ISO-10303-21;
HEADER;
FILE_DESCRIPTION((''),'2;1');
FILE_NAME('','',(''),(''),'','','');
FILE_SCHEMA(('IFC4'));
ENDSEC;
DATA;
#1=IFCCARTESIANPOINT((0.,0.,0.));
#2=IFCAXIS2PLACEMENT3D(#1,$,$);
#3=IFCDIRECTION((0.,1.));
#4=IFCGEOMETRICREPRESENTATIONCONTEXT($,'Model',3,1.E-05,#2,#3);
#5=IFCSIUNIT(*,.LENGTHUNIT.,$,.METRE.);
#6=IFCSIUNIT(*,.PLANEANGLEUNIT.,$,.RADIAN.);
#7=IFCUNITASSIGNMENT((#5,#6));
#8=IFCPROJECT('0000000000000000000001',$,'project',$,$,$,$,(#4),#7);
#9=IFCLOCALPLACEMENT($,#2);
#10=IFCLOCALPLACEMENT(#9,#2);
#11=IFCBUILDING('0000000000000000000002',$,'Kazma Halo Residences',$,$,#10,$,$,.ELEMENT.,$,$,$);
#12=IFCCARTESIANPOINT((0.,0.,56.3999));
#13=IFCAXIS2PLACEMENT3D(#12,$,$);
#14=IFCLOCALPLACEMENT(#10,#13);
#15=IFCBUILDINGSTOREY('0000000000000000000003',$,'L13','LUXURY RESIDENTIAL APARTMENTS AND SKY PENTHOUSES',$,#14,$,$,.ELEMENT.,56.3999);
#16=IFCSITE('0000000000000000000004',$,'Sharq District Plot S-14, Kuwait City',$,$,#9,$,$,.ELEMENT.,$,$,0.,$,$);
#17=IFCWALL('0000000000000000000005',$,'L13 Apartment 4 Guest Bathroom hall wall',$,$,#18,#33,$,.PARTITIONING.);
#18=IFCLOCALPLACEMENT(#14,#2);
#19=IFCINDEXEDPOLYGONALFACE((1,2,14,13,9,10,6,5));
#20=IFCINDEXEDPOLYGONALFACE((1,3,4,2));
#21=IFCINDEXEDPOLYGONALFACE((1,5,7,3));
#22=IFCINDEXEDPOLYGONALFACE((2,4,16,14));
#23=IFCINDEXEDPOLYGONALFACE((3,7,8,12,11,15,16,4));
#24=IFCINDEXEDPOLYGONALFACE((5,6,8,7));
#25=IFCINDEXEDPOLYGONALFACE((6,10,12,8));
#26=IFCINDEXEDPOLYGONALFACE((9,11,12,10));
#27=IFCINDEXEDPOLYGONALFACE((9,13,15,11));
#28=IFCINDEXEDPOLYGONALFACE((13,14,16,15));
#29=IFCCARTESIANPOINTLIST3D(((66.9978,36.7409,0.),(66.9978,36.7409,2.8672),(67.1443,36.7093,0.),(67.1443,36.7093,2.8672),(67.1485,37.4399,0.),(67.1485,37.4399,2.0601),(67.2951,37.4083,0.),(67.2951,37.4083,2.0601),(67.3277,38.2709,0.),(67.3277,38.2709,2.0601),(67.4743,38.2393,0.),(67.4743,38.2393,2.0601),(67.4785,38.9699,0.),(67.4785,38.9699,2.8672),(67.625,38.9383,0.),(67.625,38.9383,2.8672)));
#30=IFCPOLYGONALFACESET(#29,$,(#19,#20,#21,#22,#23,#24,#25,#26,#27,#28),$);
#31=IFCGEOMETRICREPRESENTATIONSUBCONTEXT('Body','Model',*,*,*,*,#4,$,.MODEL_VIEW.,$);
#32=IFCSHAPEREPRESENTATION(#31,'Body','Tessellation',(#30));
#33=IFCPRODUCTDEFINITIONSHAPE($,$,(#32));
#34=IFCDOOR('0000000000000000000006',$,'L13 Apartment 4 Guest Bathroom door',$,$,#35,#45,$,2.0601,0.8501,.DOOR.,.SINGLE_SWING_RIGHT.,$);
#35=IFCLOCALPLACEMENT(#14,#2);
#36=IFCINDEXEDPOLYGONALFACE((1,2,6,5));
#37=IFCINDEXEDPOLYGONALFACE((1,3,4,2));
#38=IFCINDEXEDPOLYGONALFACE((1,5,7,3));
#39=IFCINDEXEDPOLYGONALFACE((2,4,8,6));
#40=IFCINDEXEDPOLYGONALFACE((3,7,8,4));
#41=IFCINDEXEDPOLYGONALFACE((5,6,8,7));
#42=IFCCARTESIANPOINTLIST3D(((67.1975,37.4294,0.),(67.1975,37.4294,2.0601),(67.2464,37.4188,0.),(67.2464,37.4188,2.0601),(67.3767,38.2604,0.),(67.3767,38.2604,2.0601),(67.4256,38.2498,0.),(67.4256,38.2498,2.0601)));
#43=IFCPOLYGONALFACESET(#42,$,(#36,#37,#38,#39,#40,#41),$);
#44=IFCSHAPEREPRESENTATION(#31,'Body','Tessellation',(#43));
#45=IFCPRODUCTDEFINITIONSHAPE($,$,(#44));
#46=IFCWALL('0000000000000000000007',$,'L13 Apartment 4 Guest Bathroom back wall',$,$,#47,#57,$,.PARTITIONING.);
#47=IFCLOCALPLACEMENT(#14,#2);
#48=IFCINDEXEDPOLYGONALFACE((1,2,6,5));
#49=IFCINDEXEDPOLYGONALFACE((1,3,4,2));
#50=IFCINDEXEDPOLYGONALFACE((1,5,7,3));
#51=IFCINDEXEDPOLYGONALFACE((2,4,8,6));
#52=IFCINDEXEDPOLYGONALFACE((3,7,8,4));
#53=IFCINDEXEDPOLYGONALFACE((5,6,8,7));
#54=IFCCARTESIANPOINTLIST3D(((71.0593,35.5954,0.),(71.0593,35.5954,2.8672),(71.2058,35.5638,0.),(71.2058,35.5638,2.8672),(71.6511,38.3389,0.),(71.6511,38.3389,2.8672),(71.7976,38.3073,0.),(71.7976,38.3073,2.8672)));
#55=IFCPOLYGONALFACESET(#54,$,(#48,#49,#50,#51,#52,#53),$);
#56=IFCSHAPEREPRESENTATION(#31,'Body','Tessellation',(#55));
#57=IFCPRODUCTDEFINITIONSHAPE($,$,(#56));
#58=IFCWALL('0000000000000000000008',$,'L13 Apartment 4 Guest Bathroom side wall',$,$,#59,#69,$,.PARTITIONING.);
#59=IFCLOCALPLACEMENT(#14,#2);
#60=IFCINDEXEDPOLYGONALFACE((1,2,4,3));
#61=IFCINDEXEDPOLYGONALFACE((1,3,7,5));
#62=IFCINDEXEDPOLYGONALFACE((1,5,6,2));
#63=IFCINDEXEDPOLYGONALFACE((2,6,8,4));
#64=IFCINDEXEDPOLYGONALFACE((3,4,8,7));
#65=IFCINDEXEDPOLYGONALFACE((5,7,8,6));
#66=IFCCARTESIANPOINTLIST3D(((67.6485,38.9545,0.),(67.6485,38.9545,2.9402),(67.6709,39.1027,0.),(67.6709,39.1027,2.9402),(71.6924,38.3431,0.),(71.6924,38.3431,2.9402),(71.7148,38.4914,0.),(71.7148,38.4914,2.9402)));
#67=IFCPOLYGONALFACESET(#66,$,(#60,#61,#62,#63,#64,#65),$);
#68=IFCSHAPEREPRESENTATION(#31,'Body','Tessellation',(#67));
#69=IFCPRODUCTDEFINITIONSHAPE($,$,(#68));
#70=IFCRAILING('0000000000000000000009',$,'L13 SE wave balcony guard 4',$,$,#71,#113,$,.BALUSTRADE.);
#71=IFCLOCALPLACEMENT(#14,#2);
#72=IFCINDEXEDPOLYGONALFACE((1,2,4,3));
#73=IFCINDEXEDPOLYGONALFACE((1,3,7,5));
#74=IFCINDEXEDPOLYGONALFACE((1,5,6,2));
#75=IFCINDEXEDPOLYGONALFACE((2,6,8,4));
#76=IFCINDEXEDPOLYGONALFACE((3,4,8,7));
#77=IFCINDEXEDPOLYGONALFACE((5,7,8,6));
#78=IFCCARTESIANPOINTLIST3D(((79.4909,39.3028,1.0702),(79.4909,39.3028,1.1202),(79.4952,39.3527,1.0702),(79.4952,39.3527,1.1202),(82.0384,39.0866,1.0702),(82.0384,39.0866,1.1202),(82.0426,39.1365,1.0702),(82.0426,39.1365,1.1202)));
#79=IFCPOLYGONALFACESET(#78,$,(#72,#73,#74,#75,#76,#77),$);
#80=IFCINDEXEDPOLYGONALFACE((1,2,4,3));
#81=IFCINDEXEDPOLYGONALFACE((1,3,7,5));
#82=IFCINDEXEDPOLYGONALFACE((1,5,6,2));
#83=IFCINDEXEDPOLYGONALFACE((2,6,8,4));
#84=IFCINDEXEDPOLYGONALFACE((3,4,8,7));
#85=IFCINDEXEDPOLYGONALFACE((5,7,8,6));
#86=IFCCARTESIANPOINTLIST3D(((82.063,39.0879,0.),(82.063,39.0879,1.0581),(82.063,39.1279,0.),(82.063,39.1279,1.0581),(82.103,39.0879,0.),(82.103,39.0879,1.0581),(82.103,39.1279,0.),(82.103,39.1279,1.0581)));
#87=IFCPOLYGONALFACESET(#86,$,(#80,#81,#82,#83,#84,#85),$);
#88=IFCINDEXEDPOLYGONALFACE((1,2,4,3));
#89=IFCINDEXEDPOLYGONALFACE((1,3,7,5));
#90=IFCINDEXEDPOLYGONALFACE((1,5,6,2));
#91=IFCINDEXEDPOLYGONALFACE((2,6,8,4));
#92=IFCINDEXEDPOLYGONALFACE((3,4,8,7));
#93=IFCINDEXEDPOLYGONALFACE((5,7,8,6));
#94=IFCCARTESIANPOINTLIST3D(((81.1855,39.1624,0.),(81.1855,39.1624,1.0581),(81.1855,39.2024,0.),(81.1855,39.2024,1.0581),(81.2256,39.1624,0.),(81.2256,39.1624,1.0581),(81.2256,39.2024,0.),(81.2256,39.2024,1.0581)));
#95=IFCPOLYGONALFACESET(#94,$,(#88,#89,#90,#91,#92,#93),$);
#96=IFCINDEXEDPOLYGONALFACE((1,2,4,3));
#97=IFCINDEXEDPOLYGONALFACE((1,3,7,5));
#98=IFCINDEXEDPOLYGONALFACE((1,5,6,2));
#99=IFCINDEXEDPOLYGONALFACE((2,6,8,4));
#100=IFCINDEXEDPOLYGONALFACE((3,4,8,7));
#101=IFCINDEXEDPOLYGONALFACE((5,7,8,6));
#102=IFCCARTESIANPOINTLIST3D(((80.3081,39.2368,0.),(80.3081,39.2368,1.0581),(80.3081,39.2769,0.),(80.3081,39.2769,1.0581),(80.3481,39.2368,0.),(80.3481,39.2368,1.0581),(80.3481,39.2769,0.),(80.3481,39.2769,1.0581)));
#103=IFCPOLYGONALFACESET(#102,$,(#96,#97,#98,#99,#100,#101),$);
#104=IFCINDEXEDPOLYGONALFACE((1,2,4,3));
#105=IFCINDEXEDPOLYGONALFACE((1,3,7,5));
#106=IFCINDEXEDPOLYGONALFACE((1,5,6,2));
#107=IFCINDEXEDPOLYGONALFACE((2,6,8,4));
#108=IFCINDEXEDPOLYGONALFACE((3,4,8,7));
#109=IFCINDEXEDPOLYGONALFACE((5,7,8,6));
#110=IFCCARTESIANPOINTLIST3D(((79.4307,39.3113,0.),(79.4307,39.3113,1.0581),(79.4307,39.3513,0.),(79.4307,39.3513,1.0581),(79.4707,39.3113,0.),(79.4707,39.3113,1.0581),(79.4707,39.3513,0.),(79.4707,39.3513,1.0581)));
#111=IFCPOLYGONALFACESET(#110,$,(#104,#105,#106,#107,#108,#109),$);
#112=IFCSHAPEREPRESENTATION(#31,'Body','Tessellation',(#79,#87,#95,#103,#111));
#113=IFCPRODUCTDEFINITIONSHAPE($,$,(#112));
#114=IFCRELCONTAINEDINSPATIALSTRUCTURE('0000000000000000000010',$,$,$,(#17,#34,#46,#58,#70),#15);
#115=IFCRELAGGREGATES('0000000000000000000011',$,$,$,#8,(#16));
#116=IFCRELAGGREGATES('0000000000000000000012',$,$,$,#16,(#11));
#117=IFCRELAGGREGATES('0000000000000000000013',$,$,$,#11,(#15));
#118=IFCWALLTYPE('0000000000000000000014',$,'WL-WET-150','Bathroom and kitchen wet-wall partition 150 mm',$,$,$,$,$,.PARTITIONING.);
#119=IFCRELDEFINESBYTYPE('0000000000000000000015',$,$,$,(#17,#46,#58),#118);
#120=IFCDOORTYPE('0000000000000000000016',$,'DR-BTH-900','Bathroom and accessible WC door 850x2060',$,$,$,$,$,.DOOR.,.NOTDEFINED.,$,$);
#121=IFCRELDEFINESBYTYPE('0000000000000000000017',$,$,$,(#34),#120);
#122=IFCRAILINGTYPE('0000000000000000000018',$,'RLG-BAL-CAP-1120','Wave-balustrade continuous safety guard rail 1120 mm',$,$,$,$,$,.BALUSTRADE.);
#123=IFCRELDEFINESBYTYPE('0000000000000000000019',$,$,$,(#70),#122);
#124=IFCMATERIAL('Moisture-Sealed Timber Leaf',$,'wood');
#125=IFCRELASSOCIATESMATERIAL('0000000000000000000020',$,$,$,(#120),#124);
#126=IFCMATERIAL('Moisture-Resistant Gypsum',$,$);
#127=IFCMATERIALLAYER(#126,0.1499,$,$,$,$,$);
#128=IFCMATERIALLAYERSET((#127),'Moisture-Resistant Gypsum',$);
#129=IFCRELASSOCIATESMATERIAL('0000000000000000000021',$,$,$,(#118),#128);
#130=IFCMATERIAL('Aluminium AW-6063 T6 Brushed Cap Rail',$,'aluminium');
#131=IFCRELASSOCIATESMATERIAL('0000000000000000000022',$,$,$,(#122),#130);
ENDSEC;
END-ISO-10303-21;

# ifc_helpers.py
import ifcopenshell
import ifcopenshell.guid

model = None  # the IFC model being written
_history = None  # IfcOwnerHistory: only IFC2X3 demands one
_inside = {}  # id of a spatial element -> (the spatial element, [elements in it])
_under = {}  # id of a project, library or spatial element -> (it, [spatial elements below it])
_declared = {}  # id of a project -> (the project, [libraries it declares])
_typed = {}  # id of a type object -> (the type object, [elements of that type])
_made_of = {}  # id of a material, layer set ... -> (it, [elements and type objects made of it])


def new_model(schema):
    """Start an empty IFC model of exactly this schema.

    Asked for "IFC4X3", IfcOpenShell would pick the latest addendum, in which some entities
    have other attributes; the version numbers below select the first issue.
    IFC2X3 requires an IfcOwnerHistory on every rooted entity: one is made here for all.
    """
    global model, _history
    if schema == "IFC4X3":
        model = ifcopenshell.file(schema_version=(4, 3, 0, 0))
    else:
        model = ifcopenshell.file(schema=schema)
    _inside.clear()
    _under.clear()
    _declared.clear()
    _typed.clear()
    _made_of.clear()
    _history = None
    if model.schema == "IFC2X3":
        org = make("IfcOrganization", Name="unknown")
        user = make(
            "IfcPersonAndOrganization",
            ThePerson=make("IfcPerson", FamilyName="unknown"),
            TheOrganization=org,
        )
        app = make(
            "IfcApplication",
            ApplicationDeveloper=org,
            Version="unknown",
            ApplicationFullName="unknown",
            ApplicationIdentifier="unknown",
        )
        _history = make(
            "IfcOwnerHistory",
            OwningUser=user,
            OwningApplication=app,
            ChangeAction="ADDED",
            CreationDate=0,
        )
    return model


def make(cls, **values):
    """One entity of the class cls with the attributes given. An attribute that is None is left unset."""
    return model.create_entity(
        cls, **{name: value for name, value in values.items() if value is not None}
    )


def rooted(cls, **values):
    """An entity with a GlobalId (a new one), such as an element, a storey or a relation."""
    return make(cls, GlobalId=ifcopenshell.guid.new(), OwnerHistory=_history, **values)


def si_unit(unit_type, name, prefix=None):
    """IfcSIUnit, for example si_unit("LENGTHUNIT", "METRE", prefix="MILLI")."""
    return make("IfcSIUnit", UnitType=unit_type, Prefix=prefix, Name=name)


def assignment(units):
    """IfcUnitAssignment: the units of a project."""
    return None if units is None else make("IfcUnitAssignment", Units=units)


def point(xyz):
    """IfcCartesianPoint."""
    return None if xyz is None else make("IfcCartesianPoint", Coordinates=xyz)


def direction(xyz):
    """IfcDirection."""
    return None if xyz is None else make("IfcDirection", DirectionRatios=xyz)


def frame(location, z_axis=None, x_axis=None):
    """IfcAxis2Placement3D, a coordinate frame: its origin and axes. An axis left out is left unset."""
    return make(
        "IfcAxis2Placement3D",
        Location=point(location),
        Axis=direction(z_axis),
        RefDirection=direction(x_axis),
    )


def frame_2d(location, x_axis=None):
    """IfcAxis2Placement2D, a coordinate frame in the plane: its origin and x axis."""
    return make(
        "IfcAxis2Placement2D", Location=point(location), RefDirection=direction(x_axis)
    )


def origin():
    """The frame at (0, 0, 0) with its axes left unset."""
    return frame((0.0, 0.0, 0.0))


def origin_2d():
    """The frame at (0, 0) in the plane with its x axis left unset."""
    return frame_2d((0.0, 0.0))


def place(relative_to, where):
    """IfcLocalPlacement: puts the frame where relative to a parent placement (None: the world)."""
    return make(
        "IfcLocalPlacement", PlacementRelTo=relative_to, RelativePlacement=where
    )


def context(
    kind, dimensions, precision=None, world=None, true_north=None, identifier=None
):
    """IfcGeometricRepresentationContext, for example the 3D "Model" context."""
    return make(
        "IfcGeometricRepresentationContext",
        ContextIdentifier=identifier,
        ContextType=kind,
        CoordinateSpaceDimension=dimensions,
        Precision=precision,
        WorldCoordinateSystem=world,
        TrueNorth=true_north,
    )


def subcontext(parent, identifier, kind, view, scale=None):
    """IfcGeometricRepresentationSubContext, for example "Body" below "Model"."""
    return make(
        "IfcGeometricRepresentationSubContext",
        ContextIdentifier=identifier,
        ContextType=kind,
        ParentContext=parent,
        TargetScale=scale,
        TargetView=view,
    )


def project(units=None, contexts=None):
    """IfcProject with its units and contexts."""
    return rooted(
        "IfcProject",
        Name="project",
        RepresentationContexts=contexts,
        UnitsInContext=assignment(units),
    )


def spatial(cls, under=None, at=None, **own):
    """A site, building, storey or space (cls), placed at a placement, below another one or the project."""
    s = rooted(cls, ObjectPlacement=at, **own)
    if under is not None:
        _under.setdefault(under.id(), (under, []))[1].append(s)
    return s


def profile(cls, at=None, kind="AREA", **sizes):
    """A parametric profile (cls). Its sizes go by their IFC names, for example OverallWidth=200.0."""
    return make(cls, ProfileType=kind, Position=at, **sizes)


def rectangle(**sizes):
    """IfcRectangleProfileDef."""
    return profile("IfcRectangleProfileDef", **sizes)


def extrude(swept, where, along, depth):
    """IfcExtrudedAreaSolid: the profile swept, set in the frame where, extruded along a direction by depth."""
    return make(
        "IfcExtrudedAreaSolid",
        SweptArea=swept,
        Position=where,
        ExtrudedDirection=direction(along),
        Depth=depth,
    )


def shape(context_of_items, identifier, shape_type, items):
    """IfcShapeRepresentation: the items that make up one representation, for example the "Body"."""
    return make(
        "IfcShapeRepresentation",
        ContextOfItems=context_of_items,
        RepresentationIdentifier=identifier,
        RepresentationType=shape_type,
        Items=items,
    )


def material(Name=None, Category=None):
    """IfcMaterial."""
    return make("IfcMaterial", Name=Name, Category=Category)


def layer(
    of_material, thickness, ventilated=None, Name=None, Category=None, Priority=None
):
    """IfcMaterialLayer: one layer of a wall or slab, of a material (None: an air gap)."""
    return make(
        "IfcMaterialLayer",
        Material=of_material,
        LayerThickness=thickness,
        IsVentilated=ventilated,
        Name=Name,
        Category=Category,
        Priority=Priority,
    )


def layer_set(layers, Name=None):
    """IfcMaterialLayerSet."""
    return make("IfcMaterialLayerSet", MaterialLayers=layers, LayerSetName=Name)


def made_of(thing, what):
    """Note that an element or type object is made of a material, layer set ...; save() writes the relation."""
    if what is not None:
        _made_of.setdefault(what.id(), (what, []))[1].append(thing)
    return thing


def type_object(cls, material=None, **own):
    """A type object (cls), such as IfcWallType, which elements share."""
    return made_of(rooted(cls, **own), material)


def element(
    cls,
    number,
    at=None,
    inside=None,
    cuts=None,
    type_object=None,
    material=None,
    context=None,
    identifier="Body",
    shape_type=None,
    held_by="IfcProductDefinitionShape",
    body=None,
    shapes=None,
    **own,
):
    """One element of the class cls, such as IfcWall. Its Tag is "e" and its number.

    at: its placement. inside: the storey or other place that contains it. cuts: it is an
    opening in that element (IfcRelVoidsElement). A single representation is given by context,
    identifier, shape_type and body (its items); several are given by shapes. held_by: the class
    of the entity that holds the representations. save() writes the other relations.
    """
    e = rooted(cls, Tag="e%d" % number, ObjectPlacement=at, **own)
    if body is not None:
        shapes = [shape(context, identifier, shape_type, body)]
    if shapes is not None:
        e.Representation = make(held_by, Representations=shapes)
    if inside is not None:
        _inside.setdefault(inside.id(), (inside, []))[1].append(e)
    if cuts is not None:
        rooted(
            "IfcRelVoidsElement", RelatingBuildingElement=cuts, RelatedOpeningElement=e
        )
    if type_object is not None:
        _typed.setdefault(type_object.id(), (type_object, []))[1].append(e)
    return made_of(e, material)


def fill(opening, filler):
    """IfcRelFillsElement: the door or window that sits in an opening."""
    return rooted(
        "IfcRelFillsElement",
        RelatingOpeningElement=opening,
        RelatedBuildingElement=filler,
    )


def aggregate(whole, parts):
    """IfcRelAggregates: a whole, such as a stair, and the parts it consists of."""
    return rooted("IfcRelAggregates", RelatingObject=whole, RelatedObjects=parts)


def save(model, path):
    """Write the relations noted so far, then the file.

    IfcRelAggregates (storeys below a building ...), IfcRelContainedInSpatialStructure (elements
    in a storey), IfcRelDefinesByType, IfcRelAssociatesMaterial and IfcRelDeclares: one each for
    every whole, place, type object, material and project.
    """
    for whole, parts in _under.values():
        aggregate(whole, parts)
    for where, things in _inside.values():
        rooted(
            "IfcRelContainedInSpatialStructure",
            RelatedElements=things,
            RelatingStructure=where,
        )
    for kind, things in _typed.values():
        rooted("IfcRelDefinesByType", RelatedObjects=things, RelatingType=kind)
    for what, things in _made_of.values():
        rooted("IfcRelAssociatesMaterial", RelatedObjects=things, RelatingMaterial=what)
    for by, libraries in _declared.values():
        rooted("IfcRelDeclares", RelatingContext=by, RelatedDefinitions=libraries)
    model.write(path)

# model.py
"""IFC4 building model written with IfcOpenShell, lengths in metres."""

from ifc_helpers import new_model, si_unit, direction, frame, frame_2d, origin, origin_2d, place, context, subcontext, project, spatial, rectangle, extrude, material, layer, layer_set, type_object, element, fill, save


model = new_model("IFC4")

# Units and contexts
model_context = context("Model", 3, precision=1e-05, world=origin(), true_north=direction((0.0, 1.0)))
body_context = subcontext(model_context, "Body", "Model", "MODEL_VIEW")
ifc_project = project(units=[si_unit("LENGTHUNIT", "METRE"), si_unit("PLANEANGLEUNIT", "RADIAN")], contexts=[model_context])

# Site, building, storey
site_placement = place(None, origin())
site = spatial("IfcSite", under=ifc_project, at=site_placement, Name="Sharq District Plot S-14, Kuwait City", CompositionType="ELEMENT", RefElevation=0.0)
building_placement = place(site_placement, origin())
building = spatial("IfcBuilding", under=site, at=building_placement, Name="Kazma Halo Residences", CompositionType="ELEMENT")
storey_placement = place(building_placement, frame((0.0, 0.0, 56.3999)))
storey = spatial("IfcBuildingStorey", under=building, at=storey_placement, Name="L13", Description="LUXURY RESIDENTIAL APARTMENTS AND SKY PENTHOUSES", CompositionType="ELEMENT", Elevation=56.3999)

# Shared definitions
ifc_material_1 = material(Name="Moisture-Sealed Timber Leaf", Category="wood")
door_type = type_object("IfcDoorType", Name="DR-BTH-900", Description="Bathroom and accessible WC door 850x2060", OperationType="NOTDEFINED", PredefinedType="DOOR", material=ifc_material_1)

# Wall, opening, door
ifc_material_2 = material(Name="Moisture-Resistant Gypsum")
ifc_layer_1 = layer(ifc_material_2, 0.1499)
ifc_layer_set_1 = layer_set([ifc_layer_1], Name="Moisture-Resistant Gypsum")
wall_type_1 = type_object("IfcWallType", Name="WL-WET-150", Description="Bathroom and kitchen wet-wall partition 150 mm", PredefinedType="PARTITIONING", material=ifc_layer_set_1)
wall_1_placement = place(storey_placement, frame((67.071, 36.7251, 0.0), z_axis=(0.0, 0.0, 1.0), x_axis=(0.210816, 0.977526, 0.0)))
wall_1 = element("IfcWall", 1, at=wall_1_placement, inside=storey, type_object=wall_type_1, Name="L13 Apartment 4 Guest Bathroom hall wall", PredefinedType="PARTITIONING", context=body_context, shape_type="SweptSolid", body=[
    extrude(rectangle(XDim=2.2803, YDim=0.1499, at=frame_2d((1.1401, 0.0))), origin(), (0.0, 0.0, 1.0), 2.8672),
])
opening_1_placement = place(wall_1_placement, frame((0.7151, 0.0, 0.0)))
opening_1 = element("IfcOpeningElement", 2, at=opening_1_placement, cuts=wall_1, PredefinedType="OPENING", context=body_context, shape_type="SweptSolid", body=[
    extrude(rectangle(XDim=0.8501, YDim=2.0601, at=frame_2d((0.425, 1.03))), frame((0.0, 0.085, 0.0), z_axis=(0.0, -1.0, 0.0), x_axis=(1.0, 0.0, 0.0)), (0.0, 0.0, 1.0), 0.1699),
])
door_1_placement = place(opening_1_placement, origin())
door_1 = element("IfcDoor", 3, at=door_1_placement, inside=storey, type_object=door_type, Name="L13 Apartment 4 Guest Bathroom door", OperationType="SINGLE_SWING_RIGHT", OverallHeight=2.0601, OverallWidth=0.8501, PredefinedType="DOOR", context=body_context, shape_type="SweptSolid", body=[
    extrude(rectangle(XDim=0.8501, YDim=2.0601, at=frame_2d((0.425, 1.03))), frame((0.0, 0.0249, 0.0), z_axis=(0.0, -1.0, 0.0), x_axis=(1.0, 0.0, 0.0)), (0.0, 0.0, 1.0), 0.05),
])
fill(opening_1, door_1)

# Walls
wall_2_placement = place(storey_placement, frame((71.1326, 35.5796, 0.0), z_axis=(0.0, 0.0, 1.0), x_axis=(0.210848, 0.977519, 0.0)))
element("IfcWall", 4, at=wall_2_placement, inside=storey, type_object=wall_type_1, Name="L13 Apartment 4 Guest Bathroom back wall", PredefinedType="PARTITIONING", context=body_context, shape_type="SweptSolid", body=[
    extrude(rectangle(XDim=2.8066, YDim=0.1499, at=frame_2d((1.4033, 0.0))), origin(), (0.0, 0.0, 1.0), 2.8672),
])
wall_3_placement = place(storey_placement, frame((67.6597, 39.0286, 0.0), z_axis=(0.0, 0.0, 1.0), x_axis=(0.988766, -0.149473, 0.0)))
element("IfcWall", 5, at=wall_3_placement, inside=storey, type_object=wall_type_1, Name="L13 Apartment 4 Guest Bathroom side wall", PredefinedType="PARTITIONING", context=body_context, shape_type="SweptSolid", body=[
    extrude(rectangle(XDim=4.0898, YDim=0.1499, at=frame_2d((2.0449, 0.0))), origin(), (0.0, 0.0, 1.0), 2.9402),
])

# Railing
ifc_material_3 = material(Name="Aluminium AW-6063 T6 Brushed Cap Rail", Category="aluminium")
railing_type = type_object("IfcRailingType", Name="RLG-BAL-CAP-1120", Description="Wave-balustrade continuous safety guard rail 1120 mm", PredefinedType="BALUSTRADE", material=ifc_material_3)
railing_placement = place(storey_placement, frame((82.083, 39.1079, 0.0)))
element("IfcRailing", 6, at=railing_placement, inside=storey, type_object=railing_type, Name="L13 SE wave balcony guard 4", PredefinedType="BALUSTRADE", context=body_context, shape_type="SweptSolid", body=[
    extrude(rectangle(XDim=0.05, YDim=0.05, at=origin_2d()), frame((-0.0425, 0.0037, 1.0952), z_axis=(-0.996418, 0.08456, 0.0), x_axis=(-0.08456, -0.996418, 0.0)), (0.0, 0.0, 1.0), 2.5566),
    extrude(rectangle(XDim=0.04, YDim=0.04, at=origin_2d()), origin(), (0.0, 0.0, 1.0), 1.0581),
    extrude(rectangle(XDim=0.04, YDim=0.04, at=origin_2d()), frame((-0.8774, 0.0745, 0.0)), (0.0, 0.0, 1.0), 1.0581),
    extrude(rectangle(XDim=0.04, YDim=0.04, at=origin_2d()), frame((-1.7549, 0.1489, 0.0)), (0.0, 0.0, 1.0), 1.0581),
    extrude(rectangle(XDim=0.04, YDim=0.04, at=origin_2d()), frame((-2.6323, 0.2234, 0.0)), (0.0, 0.0, 1.0), 1.0581),
])

save(model, "model.ifc")
